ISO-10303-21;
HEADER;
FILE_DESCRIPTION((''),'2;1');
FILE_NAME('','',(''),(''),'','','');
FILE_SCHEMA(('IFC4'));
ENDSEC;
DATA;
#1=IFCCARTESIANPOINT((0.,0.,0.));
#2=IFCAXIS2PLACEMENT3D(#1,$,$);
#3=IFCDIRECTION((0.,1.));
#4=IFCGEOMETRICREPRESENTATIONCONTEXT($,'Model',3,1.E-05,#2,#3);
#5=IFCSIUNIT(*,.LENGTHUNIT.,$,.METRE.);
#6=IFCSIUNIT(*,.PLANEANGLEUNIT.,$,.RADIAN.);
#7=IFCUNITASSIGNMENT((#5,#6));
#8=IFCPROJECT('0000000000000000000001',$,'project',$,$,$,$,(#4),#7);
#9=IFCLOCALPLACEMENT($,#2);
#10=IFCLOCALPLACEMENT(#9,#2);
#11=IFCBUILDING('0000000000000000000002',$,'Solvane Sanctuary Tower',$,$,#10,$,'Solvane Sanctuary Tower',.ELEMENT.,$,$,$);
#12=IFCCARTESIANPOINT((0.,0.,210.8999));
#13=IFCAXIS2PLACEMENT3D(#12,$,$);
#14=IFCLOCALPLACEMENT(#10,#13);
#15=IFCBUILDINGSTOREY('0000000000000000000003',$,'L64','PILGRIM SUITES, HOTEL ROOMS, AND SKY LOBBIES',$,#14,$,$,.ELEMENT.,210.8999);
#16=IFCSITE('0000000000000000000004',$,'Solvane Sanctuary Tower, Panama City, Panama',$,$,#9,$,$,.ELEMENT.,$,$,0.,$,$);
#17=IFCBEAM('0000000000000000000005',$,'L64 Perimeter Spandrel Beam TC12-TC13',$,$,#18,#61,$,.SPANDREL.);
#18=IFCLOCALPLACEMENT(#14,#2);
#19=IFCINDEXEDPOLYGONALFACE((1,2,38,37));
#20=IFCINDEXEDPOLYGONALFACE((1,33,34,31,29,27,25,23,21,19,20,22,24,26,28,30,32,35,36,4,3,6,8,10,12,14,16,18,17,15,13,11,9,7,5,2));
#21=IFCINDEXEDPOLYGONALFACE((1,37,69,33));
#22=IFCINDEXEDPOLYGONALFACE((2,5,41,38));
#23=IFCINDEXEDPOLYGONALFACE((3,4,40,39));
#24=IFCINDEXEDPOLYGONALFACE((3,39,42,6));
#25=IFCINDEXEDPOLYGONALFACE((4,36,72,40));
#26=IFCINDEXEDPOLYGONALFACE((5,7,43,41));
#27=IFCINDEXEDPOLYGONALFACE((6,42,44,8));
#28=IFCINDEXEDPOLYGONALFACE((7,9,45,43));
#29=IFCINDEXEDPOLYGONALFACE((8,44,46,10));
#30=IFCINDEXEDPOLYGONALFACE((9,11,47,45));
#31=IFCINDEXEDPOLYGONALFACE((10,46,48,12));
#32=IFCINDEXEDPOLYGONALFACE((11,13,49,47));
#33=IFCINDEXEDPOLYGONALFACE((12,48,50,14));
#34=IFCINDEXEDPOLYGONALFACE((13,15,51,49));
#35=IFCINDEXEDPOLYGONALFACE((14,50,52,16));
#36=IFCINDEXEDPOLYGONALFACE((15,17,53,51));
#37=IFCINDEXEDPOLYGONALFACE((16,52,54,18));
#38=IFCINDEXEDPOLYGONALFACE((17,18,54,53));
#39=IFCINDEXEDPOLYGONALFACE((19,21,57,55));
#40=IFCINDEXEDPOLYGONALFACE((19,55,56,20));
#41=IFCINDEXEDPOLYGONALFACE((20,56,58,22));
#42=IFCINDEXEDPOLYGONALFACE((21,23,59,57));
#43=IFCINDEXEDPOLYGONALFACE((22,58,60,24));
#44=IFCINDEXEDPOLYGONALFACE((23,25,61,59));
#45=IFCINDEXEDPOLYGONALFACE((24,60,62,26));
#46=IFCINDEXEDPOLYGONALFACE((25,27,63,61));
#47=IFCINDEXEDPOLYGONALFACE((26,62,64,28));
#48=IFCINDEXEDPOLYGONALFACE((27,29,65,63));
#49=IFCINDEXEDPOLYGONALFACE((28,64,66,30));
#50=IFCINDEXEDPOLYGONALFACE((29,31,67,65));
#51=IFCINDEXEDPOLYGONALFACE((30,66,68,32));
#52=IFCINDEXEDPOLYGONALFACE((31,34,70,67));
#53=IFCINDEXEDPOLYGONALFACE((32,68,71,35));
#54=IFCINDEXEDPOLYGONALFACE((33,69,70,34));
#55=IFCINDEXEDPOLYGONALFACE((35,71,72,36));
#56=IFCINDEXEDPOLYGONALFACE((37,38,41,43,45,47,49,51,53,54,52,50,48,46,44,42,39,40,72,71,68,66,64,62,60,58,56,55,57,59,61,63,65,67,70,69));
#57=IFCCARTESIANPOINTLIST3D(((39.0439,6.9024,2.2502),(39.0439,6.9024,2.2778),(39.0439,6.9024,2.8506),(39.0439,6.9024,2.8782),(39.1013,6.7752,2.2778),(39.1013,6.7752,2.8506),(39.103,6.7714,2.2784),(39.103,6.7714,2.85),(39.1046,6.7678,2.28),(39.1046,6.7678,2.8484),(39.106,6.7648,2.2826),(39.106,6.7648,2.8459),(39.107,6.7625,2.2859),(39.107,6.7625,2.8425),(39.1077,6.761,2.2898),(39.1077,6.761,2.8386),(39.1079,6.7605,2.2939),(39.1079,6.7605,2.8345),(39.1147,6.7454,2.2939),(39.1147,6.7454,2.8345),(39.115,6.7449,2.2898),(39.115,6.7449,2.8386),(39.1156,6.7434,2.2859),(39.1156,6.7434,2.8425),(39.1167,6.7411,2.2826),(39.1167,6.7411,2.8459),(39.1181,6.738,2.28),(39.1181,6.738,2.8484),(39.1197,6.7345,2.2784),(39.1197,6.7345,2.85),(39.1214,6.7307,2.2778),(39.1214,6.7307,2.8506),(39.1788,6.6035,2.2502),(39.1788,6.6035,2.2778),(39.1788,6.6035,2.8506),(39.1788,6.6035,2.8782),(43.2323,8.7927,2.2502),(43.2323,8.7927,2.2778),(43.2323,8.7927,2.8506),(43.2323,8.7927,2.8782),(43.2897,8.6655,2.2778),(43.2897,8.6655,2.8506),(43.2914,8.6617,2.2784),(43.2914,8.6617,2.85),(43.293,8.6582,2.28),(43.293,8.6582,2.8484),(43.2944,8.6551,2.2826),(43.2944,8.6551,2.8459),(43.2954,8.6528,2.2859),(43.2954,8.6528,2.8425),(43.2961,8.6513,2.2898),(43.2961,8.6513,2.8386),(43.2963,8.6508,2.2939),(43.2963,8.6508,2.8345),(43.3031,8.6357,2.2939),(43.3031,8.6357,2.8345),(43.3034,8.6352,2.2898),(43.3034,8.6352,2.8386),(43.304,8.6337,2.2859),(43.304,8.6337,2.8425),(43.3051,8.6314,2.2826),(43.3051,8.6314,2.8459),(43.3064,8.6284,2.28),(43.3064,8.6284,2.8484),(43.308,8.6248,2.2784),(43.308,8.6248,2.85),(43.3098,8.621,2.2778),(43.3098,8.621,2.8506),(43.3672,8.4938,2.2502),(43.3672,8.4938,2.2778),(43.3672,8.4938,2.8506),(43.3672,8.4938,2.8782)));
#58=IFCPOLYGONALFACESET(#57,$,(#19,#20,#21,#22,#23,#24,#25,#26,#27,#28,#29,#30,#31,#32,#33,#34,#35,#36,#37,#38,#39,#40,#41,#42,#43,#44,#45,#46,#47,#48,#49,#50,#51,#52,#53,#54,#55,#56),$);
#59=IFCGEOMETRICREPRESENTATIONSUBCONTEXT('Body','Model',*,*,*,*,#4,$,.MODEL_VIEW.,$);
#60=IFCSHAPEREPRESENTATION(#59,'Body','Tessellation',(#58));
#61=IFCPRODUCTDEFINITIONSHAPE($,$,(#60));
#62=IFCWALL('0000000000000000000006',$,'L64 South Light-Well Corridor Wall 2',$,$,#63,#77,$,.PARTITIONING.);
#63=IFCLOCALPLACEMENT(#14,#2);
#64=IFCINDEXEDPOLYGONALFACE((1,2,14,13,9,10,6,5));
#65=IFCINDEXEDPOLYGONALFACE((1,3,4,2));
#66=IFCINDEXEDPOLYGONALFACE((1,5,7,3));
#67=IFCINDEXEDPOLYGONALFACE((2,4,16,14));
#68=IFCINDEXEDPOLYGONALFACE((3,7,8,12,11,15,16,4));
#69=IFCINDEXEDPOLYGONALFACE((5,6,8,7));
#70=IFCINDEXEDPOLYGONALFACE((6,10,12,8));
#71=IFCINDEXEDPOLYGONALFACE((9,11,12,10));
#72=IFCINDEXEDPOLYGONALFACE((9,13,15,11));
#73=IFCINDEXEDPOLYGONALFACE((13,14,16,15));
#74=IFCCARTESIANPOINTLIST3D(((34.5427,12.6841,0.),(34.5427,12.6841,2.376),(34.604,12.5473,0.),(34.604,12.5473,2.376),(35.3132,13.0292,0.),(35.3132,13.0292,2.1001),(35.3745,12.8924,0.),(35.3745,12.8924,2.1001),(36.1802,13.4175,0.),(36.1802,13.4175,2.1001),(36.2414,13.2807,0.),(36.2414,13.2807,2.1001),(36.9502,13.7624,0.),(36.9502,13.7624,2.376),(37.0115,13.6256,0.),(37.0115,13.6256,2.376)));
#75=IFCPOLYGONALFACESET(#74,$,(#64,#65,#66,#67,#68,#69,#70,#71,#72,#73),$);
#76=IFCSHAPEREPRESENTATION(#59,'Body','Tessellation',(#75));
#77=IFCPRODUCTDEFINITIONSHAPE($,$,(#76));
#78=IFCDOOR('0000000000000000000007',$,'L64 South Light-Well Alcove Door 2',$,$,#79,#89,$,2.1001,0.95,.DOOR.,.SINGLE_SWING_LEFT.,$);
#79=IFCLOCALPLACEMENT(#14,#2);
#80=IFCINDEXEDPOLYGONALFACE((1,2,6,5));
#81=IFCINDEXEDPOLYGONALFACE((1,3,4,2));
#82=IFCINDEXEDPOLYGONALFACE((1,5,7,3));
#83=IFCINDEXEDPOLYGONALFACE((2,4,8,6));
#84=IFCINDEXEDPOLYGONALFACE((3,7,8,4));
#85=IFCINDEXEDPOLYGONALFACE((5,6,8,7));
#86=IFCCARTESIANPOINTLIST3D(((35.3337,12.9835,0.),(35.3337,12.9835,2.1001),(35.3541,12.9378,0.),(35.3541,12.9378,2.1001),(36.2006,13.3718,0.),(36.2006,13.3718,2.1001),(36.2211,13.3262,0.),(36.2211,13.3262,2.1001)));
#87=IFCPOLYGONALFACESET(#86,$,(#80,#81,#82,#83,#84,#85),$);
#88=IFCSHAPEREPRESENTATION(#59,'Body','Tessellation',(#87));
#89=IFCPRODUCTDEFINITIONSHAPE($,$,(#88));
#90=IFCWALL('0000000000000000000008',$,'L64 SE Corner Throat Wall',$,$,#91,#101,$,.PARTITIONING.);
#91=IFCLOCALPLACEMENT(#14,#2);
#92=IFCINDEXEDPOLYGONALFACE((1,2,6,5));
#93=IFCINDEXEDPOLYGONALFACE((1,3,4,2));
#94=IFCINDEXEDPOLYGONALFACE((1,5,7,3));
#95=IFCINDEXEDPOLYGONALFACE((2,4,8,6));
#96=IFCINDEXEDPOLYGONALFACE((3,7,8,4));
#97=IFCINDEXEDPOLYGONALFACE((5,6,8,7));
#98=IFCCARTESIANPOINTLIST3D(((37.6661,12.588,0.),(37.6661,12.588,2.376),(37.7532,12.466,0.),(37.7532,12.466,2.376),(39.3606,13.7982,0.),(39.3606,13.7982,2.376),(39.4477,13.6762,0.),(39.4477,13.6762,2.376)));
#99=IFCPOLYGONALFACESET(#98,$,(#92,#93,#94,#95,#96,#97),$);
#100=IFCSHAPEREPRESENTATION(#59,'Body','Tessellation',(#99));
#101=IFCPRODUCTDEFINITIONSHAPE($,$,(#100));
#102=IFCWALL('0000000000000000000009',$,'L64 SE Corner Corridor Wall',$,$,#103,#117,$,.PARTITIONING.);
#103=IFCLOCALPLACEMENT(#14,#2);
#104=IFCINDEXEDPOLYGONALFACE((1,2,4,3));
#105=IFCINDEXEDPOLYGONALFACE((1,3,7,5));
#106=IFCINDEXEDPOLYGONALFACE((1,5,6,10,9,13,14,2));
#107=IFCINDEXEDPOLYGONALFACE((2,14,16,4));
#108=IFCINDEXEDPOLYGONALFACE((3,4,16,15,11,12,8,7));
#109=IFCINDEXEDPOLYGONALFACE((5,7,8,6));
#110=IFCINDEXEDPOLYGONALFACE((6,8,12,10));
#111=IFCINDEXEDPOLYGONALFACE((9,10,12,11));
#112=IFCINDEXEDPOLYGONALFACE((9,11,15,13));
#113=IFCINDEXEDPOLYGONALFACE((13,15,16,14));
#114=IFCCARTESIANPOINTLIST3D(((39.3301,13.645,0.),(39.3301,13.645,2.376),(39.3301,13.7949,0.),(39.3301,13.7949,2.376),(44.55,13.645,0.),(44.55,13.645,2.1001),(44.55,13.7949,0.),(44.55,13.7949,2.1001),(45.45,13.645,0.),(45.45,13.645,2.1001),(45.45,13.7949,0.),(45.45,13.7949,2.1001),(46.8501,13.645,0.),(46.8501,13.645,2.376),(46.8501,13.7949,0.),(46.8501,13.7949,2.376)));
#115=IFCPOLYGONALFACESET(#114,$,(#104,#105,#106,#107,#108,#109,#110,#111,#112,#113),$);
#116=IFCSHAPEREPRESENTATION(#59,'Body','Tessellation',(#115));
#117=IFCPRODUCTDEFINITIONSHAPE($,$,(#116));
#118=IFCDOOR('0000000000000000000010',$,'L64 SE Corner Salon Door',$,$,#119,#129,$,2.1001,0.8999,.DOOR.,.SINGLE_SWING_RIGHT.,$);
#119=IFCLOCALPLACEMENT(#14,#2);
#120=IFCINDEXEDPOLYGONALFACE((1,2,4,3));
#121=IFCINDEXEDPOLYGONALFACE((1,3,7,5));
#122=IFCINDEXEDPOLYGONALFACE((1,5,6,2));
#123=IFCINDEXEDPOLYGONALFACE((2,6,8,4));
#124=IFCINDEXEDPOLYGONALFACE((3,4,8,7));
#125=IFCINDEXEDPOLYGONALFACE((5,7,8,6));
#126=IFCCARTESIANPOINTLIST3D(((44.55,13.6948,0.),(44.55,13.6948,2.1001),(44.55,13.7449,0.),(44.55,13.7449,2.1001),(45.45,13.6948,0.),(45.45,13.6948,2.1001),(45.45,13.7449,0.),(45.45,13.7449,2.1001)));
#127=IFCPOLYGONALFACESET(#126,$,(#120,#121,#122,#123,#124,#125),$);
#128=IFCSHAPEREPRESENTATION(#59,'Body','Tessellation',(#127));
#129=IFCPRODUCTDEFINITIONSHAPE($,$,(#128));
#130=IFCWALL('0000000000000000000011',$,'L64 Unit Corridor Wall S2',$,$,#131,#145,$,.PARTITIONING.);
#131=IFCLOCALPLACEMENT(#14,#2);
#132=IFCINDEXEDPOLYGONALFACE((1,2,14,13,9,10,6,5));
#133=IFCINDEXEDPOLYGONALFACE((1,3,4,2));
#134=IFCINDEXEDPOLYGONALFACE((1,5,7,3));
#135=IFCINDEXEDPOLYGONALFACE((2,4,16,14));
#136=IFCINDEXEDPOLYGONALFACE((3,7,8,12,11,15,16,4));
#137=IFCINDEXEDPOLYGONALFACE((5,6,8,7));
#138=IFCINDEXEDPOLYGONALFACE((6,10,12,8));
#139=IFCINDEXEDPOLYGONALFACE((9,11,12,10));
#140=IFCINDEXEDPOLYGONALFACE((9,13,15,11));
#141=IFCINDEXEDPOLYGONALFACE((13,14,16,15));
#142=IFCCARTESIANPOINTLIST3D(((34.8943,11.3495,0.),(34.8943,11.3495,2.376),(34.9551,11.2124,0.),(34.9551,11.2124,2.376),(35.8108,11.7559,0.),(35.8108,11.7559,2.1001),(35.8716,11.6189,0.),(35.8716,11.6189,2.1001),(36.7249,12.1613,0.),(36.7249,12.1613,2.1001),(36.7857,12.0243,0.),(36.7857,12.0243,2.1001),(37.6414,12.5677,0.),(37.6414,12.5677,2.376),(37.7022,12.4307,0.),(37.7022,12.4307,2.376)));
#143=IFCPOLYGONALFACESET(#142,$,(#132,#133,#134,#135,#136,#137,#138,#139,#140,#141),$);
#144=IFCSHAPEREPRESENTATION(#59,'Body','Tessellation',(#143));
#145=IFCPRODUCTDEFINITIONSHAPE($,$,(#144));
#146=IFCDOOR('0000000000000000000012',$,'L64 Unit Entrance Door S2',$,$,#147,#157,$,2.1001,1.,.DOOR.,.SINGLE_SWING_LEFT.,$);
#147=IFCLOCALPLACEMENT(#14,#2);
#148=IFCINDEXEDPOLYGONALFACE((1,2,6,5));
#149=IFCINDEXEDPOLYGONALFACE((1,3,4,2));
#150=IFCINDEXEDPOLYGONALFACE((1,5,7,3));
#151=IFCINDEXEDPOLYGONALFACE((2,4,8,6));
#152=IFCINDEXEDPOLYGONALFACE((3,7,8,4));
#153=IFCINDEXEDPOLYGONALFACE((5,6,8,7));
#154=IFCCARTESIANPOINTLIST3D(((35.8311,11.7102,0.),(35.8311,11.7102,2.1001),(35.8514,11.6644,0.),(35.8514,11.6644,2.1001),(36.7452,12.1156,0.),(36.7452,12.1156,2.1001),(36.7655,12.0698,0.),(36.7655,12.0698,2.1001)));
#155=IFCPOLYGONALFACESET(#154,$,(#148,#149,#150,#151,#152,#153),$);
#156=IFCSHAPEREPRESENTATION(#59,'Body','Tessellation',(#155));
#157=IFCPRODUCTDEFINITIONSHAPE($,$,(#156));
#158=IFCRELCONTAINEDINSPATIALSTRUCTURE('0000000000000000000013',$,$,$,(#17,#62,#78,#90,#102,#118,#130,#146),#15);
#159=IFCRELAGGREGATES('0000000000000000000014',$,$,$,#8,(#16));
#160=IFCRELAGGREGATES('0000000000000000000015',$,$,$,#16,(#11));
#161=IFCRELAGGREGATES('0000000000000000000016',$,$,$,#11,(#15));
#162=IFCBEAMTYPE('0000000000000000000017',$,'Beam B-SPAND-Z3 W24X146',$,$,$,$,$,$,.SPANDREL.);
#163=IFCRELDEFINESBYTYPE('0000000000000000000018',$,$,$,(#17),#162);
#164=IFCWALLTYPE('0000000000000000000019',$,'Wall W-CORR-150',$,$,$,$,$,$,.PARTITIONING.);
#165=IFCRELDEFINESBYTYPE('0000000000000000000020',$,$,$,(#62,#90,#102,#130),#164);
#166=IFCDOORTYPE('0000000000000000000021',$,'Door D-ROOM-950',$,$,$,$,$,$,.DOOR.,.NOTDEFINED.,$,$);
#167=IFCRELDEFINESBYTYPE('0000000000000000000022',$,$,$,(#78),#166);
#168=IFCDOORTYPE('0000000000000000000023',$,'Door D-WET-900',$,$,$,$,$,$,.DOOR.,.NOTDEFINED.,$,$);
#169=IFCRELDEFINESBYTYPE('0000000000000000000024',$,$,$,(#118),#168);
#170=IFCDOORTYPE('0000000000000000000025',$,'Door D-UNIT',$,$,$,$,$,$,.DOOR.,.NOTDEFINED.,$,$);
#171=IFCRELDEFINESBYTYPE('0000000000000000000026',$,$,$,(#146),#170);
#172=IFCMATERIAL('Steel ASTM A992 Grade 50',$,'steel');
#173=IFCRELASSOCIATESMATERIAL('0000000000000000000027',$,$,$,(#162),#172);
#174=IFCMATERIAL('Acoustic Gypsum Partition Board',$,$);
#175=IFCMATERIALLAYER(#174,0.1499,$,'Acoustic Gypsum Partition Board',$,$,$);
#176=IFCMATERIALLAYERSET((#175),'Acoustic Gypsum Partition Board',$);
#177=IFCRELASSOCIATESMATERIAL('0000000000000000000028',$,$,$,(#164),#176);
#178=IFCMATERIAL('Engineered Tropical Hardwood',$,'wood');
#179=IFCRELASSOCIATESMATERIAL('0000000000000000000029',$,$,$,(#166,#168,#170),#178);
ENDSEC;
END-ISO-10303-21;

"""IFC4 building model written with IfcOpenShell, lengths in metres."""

from ifc_helpers import new_model, si_unit, direction, frame, frame_2d, origin, origin_2d, place, context, subcontext, project, spatial, rectangle, i_section, extrude, material, layer, layer_set, material_profile, profile_set, type_object, element, fill, save


model = new_model("IFC4")

# Units and contexts
model_context = context("Model", 3, precision=1e-05, world=origin(), true_north=direction((0.0, 1.0)))
body_context = subcontext(model_context, "Body", "Model", "MODEL_VIEW")
ifc_project = project(units=[si_unit("LENGTHUNIT", "METRE"), si_unit("PLANEANGLEUNIT", "RADIAN")], contexts=[model_context])

# Site, building, storey
site_placement = place(None, origin())
site = spatial("IfcSite", under=ifc_project, at=site_placement, Name="Solvane Sanctuary Tower, Panama City, Panama", CompositionType="ELEMENT", RefElevation=0.0)
building_placement = place(site_placement, origin())
building = spatial("IfcBuilding", under=site, at=building_placement, Name="Solvane Sanctuary Tower", LongName="Solvane Sanctuary Tower", CompositionType="ELEMENT")
storey_placement = place(building_placement, frame((0.0, 0.0, 210.8999)))
storey = spatial("IfcBuildingStorey", under=building, at=storey_placement, Name="L64", Description="PILGRIM SUITES, HOTEL ROOMS, AND SKY LOBBIES", CompositionType="ELEMENT", Elevation=210.8999)

# Beam
ifc_material_1 = material(Name="Steel ASTM A992 Grade 50", Category="steel")
ifc_material_profile_1 = material_profile(ifc_material_1, i_section(OverallWidth=0.3279, OverallDepth=0.6279, WebThickness=0.0166, FlangeThickness=0.0276, FilletRadius=0.0161, at=origin_2d()), Name="W24X146")
ifc_profile_set_1 = profile_set([ifc_material_profile_1], Name="Steel ASTM A992 Grade 50")
beam_type_1 = type_object("IfcBeamType", Name="Beam B-SPAND-Z3 W24X146", PredefinedType="SPANDREL", material=ifc_profile_set_1)
beam_1_placement = place(storey_placement, frame((39.1113, 6.7529, 2.5642), z_axis=(0.911468, 0.411372, 0.0), x_axis=(-0.411372, 0.911468, 0.0)))
element("IfcBeam", 1, at=beam_1_placement, inside=storey, type_object=beam_type_1, Name="L64 Perimeter Spandrel Beam TC12-TC13", PredefinedType="SPANDREL", context=body_context, shape_type="SweptSolid", body=[
    extrude(i_section(OverallWidth=0.3279, OverallDepth=0.6279, WebThickness=0.0166, FlangeThickness=0.0276, FilletRadius=0.0161, at=origin_2d()), origin(), (0.0, 0.0, 1.0), 4.5952),
])

# Wall, opening, door
ifc_material_2 = material(Name="Acoustic Gypsum Partition Board")
ifc_layer_1 = layer(ifc_material_2, 0.1499, Name="Acoustic Gypsum Partition Board")
ifc_layer_set_1 = layer_set([ifc_layer_1], Name="Acoustic Gypsum Partition Board")
wall_type_1 = type_object("IfcWallType", Name="Wall W-CORR-150", PredefinedType="PARTITIONING", material=ifc_layer_set_1)
wall_1_placement = place(storey_placement, frame((34.5735, 12.6157, 0.0), z_axis=(0.0, 0.0, 1.0), x_axis=(0.912628, 0.40879, 0.0)))
wall_1 = element("IfcWall", 2, at=wall_1_placement, inside=storey, type_object=wall_type_1, Name="L64 South Light-Well Corridor Wall 2", PredefinedType="PARTITIONING", context=body_context, shape_type="SweptSolid", body=[
    extrude(rectangle(XDim=2.6379, YDim=0.1499, at=frame_2d((1.3188, 0.0))), origin(), (0.0, 0.0, 1.0), 2.376),
])
opening_1_placement = place(wall_1_placement, frame((0.844, 0.0, 0.0)))
opening_1 = element("IfcOpeningElement", 3, at=opening_1_placement, cuts=wall_1, PredefinedType="OPENING", context=body_context, shape_type="SweptSolid", body=[
    extrude(rectangle(XDim=0.95, YDim=2.1001, at=frame_2d((0.4751, 1.05))), frame((0.0, 0.085, 0.0), z_axis=(0.0, -1.0, 0.0), x_axis=(1.0, 0.0, 0.0)), (0.0, 0.0, 1.0), 0.1699),
])
ifc_material_3 = material(Name="Engineered Tropical Hardwood", Category="wood")
door_type_1 = type_object("IfcDoorType", Name="Door D-ROOM-950", OperationType="NOTDEFINED", PredefinedType="DOOR", material=ifc_material_3)
door_1_placement = place(opening_1_placement, origin())
door_1 = element("IfcDoor", 4, at=door_1_placement, inside=storey, type_object=door_type_1, Name="L64 South Light-Well Alcove Door 2", OperationType="SINGLE_SWING_LEFT", OverallHeight=2.1001, OverallWidth=0.95, PredefinedType="DOOR", context=body_context, shape_type="SweptSolid", body=[
    extrude(rectangle(XDim=0.95, YDim=2.1001, at=frame_2d((0.4751, 1.05))), frame((0.0, 0.0249, 0.0), z_axis=(0.0, -1.0, 0.0), x_axis=(1.0, 0.0, 0.0)), (0.0, 0.0, 1.0), 0.05),
])
fill(opening_1, door_1)

# Wall
wall_2_placement = place(storey_placement, frame((37.7097, 12.5271, 0.0), z_axis=(0.0, 0.0, 1.0), x_axis=(0.813781, 0.581172, 0.0)))
element("IfcWall", 5, at=wall_2_placement, inside=storey, type_object=wall_type_1, Name="L64 SE Corner Throat Wall", PredefinedType="PARTITIONING", context=body_context, shape_type="SweptSolid", body=[
    extrude(rectangle(XDim=2.0823, YDim=0.1499, at=frame_2d((1.041, 0.0))), origin(), (0.0, 0.0, 1.0), 2.376),
])

# Walls, openings, doors
wall_3_placement = place(storey_placement, frame((39.3301, 13.72, 0.0), z_axis=(0.0, 0.0, 1.0), x_axis=(1.0, 0.0, 0.0)))
wall_3 = element("IfcWall", 6, at=wall_3_placement, inside=storey, type_object=wall_type_1, Name="L64 SE Corner Corridor Wall", PredefinedType="PARTITIONING", context=body_context, shape_type="SweptSolid", body=[
    extrude(rectangle(XDim=7.52, YDim=0.1499, at=frame_2d((3.76, 0.0))), origin(), (0.0, 0.0, 1.0), 2.376),
])
opening_2_placement = place(wall_3_placement, frame((5.22, 0.0, 0.0)))
opening_2 = element("IfcOpeningElement", 7, at=opening_2_placement, cuts=wall_3, PredefinedType="OPENING", context=body_context, shape_type="SweptSolid", body=[
    extrude(rectangle(XDim=0.8999, YDim=2.1001, at=frame_2d((0.45, 1.05))), frame((0.0, 0.085, 0.0), z_axis=(0.0, -1.0, 0.0), x_axis=(1.0, 0.0, 0.0)), (0.0, 0.0, 1.0), 0.1699),
])
door_type_2 = type_object("IfcDoorType", Name="Door D-WET-900", OperationType="NOTDEFINED", PredefinedType="DOOR", material=ifc_material_3)
door_2_placement = place(opening_2_placement, origin())
door_2 = element("IfcDoor", 8, at=door_2_placement, inside=storey, type_object=door_type_2, Name="L64 SE Corner Salon Door", OperationType="SINGLE_SWING_RIGHT", OverallHeight=2.1001, OverallWidth=0.8999, PredefinedType="DOOR", context=body_context, shape_type="SweptSolid", body=[
    extrude(rectangle(XDim=0.8999, YDim=2.1001, at=frame_2d((0.45, 1.05))), frame((0.0, 0.0249, 0.0), z_axis=(0.0, -1.0, 0.0), x_axis=(1.0, 0.0, 0.0)), (0.0, 0.0, 1.0), 0.05),
])
fill(opening_2, door_2)
wall_4_placement = place(storey_placement, frame((34.9248, 11.281, 0.0), z_axis=(0.0, 0.0, 1.0), x_axis=(0.91414, 0.4054, 0.0)))
wall_4 = element("IfcWall", 9, at=wall_4_placement, inside=storey, type_object=wall_type_1, Name="L64 Unit Corridor Wall S2", PredefinedType="PARTITIONING", context=body_context, shape_type="SweptSolid", body=[
    extrude(rectangle(XDim=3.0051, YDim=0.1499, at=frame_2d((1.5024, 0.0))), origin(), (0.0, 0.0, 1.0), 2.376),
])
opening_3_placement = place(wall_4_placement, frame((1.0024, 0.0, 0.0)))
opening_3 = element("IfcOpeningElement", 10, at=opening_3_placement, cuts=wall_4, PredefinedType="OPENING", context=body_context, shape_type="SweptSolid", body=[
    extrude(rectangle(XDim=1.0, YDim=2.1001, at=frame_2d((0.5, 1.05))), frame((0.0, 0.085, 0.0), z_axis=(0.0, -1.0, 0.0), x_axis=(1.0, 0.0, 0.0)), (0.0, 0.0, 1.0), 0.1699),
])
door_type_3 = type_object("IfcDoorType", Name="Door D-UNIT", OperationType="NOTDEFINED", PredefinedType="DOOR", material=ifc_material_3)
door_3_placement = place(opening_3_placement, origin())
door_3 = element("IfcDoor", 11, at=door_3_placement, inside=storey, type_object=door_type_3, Name="L64 Unit Entrance Door S2", OperationType="SINGLE_SWING_LEFT", OverallHeight=2.1001, OverallWidth=1.0, PredefinedType="DOOR", context=body_context, shape_type="SweptSolid", body=[
    extrude(rectangle(XDim=1.0, YDim=2.1001, at=frame_2d((0.5, 1.05))), frame((0.0, 0.0249, 0.0), z_axis=(0.0, -1.0, 0.0), x_axis=(1.0, 0.0, 0.0)), (0.0, 0.0, 1.0), 0.05),
])
fill(opening_3, door_3)

save(model, "model.ifc")
